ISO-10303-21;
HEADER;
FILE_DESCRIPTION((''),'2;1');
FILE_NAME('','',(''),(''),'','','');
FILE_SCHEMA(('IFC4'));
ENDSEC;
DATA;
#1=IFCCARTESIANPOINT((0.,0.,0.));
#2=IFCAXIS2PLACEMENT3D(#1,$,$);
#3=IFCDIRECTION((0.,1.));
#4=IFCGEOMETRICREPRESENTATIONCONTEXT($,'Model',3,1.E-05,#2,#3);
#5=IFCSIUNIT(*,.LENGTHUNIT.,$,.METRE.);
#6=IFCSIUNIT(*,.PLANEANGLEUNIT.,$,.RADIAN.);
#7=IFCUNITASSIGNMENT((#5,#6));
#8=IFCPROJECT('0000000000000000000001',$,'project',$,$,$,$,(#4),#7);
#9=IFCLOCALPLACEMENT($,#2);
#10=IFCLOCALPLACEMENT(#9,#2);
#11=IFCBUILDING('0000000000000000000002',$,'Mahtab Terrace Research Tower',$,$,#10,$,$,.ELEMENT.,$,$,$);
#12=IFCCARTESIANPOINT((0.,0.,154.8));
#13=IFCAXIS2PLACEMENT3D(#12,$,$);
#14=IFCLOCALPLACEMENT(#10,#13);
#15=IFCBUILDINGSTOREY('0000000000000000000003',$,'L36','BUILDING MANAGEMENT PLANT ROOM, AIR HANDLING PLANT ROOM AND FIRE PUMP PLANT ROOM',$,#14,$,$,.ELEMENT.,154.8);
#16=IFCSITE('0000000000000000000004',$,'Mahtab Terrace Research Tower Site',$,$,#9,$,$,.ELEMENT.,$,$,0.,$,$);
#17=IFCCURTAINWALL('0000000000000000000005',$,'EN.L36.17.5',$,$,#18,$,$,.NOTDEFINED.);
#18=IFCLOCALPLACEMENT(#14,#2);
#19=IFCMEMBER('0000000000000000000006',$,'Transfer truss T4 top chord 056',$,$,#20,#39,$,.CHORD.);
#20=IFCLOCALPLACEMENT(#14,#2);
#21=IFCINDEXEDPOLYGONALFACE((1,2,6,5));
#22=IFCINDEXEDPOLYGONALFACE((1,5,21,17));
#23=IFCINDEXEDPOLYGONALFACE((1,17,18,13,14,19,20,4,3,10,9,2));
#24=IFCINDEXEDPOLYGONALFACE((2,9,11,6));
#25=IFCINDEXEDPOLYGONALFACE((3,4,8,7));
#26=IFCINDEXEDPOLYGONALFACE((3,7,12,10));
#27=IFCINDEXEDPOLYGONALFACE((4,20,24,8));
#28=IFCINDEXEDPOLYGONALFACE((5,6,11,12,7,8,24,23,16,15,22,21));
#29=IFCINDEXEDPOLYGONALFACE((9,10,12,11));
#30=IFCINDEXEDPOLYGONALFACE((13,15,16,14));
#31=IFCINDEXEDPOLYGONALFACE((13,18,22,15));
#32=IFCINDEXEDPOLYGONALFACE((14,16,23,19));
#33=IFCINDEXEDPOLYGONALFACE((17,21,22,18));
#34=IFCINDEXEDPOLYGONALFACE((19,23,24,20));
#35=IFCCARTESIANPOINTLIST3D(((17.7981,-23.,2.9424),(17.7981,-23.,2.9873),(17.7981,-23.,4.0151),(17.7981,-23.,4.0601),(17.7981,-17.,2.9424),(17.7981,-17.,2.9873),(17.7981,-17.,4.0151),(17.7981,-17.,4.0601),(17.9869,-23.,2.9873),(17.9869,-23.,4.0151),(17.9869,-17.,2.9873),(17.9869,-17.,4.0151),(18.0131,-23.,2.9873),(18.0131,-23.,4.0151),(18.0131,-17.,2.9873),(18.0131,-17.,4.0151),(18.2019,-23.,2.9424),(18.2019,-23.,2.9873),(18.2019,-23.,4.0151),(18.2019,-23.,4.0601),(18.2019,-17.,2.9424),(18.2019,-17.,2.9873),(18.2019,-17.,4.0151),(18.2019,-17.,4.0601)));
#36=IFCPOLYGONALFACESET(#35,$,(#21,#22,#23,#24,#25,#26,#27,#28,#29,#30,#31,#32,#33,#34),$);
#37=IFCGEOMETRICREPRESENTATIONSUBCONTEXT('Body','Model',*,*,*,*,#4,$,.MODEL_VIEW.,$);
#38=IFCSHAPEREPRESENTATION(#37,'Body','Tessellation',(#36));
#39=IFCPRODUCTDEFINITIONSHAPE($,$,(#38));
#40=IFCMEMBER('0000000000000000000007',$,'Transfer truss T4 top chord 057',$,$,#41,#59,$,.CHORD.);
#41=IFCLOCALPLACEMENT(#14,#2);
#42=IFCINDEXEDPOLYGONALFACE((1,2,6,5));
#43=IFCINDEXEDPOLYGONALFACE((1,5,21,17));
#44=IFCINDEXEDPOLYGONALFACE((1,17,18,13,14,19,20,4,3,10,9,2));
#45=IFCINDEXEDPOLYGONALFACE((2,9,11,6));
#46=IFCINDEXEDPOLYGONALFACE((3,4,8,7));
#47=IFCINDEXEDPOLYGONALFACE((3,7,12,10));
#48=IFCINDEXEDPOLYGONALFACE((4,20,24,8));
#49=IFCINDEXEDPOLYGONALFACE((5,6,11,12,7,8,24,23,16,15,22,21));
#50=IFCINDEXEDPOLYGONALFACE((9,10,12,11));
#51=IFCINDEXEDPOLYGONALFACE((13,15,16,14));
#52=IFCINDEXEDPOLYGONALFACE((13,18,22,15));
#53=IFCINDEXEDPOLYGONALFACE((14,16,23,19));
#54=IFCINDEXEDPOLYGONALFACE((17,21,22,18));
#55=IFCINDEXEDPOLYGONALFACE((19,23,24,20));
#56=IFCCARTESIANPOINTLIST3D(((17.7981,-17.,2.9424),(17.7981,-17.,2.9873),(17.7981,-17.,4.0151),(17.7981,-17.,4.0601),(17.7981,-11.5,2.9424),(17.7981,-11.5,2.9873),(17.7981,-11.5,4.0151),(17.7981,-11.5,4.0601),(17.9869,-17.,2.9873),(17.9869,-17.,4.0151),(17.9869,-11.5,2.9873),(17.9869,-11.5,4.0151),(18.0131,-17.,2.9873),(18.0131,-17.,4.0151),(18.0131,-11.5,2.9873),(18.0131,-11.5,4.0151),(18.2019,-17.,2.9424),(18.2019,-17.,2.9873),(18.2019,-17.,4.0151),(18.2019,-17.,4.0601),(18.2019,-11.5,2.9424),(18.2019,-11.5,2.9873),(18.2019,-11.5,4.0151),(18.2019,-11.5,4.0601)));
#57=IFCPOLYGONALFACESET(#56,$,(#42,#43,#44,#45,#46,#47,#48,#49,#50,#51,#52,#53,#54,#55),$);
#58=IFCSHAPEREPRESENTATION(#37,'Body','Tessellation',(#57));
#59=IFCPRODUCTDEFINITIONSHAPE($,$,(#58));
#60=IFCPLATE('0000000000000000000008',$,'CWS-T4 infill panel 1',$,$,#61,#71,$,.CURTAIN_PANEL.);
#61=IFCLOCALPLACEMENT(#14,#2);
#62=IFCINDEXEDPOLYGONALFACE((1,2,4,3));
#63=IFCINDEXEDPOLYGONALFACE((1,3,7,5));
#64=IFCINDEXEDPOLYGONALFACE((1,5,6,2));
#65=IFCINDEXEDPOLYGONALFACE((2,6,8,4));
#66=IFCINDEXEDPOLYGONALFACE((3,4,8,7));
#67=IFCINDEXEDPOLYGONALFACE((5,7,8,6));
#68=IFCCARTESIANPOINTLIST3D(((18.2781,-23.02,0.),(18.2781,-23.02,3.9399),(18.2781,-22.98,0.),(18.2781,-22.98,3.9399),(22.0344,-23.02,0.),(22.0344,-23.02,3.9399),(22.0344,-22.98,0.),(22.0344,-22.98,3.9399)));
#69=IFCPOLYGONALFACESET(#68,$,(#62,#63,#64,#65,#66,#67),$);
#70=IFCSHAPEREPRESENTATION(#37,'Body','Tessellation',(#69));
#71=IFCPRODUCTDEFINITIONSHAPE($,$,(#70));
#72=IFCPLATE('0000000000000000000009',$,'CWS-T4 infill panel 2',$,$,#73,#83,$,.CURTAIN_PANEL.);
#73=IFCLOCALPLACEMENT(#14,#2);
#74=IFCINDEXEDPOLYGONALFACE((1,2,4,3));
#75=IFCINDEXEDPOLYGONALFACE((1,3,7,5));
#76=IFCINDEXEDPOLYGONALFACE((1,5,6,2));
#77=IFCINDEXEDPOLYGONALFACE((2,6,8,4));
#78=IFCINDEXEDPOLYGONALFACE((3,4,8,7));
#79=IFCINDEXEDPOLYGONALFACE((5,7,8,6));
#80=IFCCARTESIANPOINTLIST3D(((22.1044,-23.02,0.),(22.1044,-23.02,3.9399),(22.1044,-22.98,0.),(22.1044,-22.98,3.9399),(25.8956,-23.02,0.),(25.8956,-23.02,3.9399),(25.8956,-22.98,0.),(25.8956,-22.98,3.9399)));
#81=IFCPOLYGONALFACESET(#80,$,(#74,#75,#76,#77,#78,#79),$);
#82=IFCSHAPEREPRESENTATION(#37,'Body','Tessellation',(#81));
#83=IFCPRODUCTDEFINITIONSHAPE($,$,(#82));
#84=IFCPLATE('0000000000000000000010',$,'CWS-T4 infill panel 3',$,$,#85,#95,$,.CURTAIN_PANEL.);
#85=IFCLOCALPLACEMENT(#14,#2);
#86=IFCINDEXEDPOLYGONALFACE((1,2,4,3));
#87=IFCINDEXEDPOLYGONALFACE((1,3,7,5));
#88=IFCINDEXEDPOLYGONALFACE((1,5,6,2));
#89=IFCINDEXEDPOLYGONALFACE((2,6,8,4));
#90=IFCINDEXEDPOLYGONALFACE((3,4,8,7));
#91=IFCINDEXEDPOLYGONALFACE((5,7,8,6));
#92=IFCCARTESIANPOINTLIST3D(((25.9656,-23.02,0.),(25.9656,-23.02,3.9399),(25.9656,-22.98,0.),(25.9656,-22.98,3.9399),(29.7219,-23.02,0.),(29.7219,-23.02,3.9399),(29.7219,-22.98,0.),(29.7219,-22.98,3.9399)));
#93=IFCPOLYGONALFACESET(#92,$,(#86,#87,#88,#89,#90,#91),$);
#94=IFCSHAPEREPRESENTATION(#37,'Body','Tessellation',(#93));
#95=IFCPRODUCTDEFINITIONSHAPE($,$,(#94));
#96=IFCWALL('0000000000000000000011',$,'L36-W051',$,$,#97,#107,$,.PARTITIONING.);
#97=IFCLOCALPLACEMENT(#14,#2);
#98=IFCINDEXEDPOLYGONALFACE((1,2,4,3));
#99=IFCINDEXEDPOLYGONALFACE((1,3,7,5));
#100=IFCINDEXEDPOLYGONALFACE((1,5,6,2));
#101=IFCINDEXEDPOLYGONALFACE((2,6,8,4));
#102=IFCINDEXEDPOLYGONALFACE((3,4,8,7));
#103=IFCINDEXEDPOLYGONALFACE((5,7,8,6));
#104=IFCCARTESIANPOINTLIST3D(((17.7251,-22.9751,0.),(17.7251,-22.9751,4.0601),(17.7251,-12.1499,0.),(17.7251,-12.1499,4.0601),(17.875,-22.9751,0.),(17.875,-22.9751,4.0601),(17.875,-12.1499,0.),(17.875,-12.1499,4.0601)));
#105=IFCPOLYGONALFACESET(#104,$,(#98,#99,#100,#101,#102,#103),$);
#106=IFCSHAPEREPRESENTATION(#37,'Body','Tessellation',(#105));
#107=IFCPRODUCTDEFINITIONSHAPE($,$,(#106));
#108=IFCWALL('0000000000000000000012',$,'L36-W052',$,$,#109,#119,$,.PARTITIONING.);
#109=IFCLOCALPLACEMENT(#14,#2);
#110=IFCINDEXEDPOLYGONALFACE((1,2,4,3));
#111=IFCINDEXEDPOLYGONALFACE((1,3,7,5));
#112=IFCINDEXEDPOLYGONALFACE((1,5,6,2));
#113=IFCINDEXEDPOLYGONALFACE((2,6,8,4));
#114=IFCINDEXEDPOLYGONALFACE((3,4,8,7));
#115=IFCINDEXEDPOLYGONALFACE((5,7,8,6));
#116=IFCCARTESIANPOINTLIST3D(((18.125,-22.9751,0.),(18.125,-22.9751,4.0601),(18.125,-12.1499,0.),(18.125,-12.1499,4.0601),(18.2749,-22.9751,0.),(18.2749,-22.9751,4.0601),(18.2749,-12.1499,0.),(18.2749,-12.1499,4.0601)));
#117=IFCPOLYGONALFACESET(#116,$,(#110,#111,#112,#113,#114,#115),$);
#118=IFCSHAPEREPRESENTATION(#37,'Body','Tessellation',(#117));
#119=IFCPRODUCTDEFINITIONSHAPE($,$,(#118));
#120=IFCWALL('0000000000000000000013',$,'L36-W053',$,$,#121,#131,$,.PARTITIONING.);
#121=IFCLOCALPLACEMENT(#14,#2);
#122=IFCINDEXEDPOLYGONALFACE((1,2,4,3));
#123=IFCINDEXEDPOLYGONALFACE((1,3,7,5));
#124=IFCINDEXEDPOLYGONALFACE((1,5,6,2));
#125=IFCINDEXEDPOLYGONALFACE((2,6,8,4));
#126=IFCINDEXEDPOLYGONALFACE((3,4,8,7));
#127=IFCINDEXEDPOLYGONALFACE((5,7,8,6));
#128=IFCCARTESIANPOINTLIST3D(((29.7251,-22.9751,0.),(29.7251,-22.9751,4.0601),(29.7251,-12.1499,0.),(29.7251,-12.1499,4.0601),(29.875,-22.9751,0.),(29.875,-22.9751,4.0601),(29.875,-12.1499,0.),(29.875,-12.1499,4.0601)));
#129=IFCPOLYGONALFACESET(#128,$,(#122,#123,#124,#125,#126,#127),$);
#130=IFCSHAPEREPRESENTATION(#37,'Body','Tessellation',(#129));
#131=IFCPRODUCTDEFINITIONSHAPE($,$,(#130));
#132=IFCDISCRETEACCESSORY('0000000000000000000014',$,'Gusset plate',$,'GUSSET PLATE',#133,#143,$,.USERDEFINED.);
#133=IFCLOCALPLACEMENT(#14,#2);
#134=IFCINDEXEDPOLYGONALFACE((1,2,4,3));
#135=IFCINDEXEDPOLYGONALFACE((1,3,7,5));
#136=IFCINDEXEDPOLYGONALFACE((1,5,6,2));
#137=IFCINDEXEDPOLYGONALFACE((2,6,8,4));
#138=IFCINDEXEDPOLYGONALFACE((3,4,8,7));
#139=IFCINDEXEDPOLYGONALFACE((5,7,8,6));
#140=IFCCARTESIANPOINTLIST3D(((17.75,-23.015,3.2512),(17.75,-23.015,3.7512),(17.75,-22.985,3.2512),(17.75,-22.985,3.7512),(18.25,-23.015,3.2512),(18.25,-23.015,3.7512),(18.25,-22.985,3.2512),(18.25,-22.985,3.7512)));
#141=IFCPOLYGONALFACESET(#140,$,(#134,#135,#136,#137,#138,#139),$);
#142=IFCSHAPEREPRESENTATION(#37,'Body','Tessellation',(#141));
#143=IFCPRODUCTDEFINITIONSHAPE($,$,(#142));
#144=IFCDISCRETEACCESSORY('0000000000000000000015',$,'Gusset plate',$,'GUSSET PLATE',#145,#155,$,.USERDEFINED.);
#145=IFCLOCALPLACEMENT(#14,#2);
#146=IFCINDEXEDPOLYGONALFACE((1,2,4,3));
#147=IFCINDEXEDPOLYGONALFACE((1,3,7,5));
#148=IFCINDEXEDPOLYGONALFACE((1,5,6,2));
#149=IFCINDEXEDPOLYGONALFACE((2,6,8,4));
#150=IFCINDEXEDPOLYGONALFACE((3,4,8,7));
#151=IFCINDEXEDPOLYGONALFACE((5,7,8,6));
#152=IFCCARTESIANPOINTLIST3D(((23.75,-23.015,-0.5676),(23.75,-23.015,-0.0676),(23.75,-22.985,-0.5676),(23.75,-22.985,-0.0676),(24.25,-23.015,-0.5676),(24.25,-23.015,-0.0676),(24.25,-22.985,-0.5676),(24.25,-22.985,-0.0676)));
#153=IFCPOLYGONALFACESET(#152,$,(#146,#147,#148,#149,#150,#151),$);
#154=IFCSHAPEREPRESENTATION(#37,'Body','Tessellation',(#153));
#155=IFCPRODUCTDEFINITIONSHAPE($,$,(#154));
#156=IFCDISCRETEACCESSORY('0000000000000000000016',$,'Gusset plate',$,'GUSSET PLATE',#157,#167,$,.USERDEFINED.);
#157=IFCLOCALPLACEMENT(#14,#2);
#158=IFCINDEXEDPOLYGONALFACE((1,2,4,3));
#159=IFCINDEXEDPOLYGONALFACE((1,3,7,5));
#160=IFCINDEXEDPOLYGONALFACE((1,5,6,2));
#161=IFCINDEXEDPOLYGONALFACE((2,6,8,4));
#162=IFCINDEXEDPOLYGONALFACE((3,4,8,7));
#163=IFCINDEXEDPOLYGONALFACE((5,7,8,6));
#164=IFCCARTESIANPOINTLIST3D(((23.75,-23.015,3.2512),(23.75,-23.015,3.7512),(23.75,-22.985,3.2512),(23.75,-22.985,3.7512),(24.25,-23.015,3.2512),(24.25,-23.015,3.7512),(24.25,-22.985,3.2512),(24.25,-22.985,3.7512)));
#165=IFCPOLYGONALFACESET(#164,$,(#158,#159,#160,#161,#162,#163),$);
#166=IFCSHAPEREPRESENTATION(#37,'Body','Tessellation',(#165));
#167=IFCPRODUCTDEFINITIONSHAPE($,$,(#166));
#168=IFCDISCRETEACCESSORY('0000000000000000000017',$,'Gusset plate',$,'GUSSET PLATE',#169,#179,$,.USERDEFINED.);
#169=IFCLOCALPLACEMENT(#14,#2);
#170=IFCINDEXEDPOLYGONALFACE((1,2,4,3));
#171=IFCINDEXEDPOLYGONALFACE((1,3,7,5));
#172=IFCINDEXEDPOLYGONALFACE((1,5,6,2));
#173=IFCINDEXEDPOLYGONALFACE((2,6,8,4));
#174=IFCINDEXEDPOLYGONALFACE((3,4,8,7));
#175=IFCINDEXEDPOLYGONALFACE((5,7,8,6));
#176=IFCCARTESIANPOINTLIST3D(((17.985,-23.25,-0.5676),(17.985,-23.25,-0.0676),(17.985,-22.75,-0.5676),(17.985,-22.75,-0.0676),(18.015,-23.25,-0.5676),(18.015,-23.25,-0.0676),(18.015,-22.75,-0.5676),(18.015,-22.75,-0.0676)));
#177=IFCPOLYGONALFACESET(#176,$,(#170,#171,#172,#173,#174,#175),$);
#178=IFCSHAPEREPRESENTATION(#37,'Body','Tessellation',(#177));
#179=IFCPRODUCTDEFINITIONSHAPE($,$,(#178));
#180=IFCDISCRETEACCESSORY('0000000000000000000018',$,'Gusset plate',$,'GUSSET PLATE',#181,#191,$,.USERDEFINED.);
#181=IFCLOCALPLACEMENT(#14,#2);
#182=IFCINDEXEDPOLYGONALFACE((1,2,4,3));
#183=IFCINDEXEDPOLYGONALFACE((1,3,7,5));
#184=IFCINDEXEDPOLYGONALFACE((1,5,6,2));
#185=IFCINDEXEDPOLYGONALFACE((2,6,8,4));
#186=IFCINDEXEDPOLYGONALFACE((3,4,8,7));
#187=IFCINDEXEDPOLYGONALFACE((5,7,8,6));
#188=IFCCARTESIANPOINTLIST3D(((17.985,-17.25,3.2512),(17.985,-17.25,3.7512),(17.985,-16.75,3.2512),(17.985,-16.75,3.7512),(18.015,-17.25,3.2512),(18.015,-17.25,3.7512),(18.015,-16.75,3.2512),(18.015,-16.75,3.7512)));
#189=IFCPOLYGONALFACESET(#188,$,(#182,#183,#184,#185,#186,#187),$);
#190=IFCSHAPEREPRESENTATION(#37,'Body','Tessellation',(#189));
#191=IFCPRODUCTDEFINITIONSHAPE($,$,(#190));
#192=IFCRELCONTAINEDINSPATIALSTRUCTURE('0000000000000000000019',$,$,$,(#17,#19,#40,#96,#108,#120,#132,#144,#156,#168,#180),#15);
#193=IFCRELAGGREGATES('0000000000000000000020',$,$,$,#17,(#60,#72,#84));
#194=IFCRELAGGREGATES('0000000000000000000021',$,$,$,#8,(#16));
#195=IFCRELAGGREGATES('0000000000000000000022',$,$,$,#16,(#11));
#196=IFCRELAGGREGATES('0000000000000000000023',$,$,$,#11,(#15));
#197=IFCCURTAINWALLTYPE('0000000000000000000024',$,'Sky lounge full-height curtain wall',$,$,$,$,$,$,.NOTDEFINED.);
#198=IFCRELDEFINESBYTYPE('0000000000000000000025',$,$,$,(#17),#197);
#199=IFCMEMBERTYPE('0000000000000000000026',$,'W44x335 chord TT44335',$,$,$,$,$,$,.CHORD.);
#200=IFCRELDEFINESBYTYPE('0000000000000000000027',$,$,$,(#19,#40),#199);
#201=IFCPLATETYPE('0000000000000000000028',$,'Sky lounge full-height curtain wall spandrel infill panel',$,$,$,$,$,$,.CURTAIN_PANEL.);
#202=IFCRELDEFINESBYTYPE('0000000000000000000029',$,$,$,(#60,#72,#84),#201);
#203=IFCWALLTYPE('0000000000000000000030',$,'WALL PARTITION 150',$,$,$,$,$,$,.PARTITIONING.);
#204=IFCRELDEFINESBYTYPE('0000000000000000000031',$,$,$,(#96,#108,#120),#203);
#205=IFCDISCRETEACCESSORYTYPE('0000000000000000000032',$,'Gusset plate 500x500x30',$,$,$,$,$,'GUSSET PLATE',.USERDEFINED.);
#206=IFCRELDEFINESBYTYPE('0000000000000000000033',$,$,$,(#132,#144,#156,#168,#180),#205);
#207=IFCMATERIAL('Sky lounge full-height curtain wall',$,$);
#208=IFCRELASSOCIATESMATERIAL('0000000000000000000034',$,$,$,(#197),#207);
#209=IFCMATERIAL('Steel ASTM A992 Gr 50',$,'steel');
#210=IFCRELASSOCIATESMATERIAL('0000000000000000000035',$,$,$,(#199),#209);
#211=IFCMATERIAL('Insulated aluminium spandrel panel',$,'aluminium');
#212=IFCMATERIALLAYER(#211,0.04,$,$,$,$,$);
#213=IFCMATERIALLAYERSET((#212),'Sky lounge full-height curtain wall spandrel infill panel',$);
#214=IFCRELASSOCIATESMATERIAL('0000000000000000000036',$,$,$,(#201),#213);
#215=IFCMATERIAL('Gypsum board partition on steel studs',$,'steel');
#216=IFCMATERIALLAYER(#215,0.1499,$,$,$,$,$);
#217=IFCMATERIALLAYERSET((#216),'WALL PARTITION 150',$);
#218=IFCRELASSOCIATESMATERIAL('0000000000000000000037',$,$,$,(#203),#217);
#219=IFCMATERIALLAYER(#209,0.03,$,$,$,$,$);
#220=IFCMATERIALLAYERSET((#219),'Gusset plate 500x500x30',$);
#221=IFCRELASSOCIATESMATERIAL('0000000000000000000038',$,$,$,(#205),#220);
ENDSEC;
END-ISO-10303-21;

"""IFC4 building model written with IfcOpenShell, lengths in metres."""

from ifc_helpers import new_model, si_unit, direction, frame, frame_2d, origin, origin_2d, place, context, subcontext, project, spatial, rectangle, i_section, extrude, material, layer, layer_set, material_profile, profile_set, type_object, element, aggregate, save


model = new_model("IFC4")

# Units and contexts
model_context = context("Model", 3, precision=1e-05, world=origin(), true_north=direction((0.0, 1.0)))
body_context = subcontext(model_context, "Body", "Model", "MODEL_VIEW")
ifc_project = project(units=[si_unit("LENGTHUNIT", "METRE"), si_unit("PLANEANGLEUNIT", "RADIAN")], contexts=[model_context])

# Site, building, storey
site_placement = place(None, origin())
site = spatial("IfcSite", under=ifc_project, at=site_placement, Name="Mahtab Terrace Research Tower Site", CompositionType="ELEMENT", RefElevation=0.0)
building_placement = place(site_placement, origin())
building = spatial("IfcBuilding", under=site, at=building_placement, Name="Mahtab Terrace Research Tower", CompositionType="ELEMENT")
storey_placement = place(building_placement, frame((0.0, 0.0, 154.8)))
storey = spatial("IfcBuildingStorey", under=building, at=storey_placement, Name="L36", Description="BUILDING MANAGEMENT PLANT ROOM, AIR HANDLING PLANT ROOM AND FIRE PUMP PLANT ROOM", CompositionType="ELEMENT", Elevation=154.8)

# Shared definitions
ifc_material_1 = material(Name="Steel ASTM A992 Gr 50", Category="steel")

# Shared definitions
ifc_material_2 = material(Name="Sky lounge full-height curtain wall")
curtain_wall_type = type_object("IfcCurtainWallType", Name="Sky lounge full-height curtain wall", PredefinedType="NOTDEFINED", material=ifc_material_2)

# Curtain wall
curtain_wall_1_placement = place(storey_placement, origin())
curtain_wall_1 = element("IfcCurtainWall", 1, at=curtain_wall_1_placement, inside=storey, type_object=curtain_wall_type, Name="EN.L36.17.5", PredefinedType="NOTDEFINED")

# Members
ifc_material_profile_1 = material_profile(ifc_material_1, i_section(OverallWidth=0.4038, OverallDepth=1.1177, WebThickness=0.0261, FlangeThickness=0.0449, at=origin_2d()), Name="W44X335")
ifc_profile_set_1 = profile_set([ifc_material_profile_1], Name="Steel ASTM A992 Gr 50")
member_type_1 = type_object("IfcMemberType", Name="W44x335 chord TT44335", PredefinedType="CHORD", material=ifc_profile_set_1)
member_1_placement = place(storey_placement, frame((18.0, -23.0, 3.5012), z_axis=(0.0, 1.0, 0.0), x_axis=(-1.0, 0.0, 0.0)))
element("IfcMember", 2, at=member_1_placement, inside=storey, type_object=member_type_1, Name="Transfer truss T4 top chord 056", PredefinedType="CHORD", context=body_context, shape_type="SweptSolid", body=[
    extrude(i_section(OverallWidth=0.4038, OverallDepth=1.1177, WebThickness=0.0261, FlangeThickness=0.0449, at=origin_2d()), origin(), (0.0, 0.0, 1.0), 6.0),
])
member_2_placement = place(storey_placement, frame((18.0, -17.0, 3.5012), z_axis=(0.0, 1.0, 0.0), x_axis=(-1.0, 0.0, 0.0)))
element("IfcMember", 3, at=member_2_placement, inside=storey, type_object=member_type_1, Name="Transfer truss T4 top chord 057", PredefinedType="CHORD", context=body_context, shape_type="SweptSolid", body=[
    extrude(i_section(OverallWidth=0.4038, OverallDepth=1.1177, WebThickness=0.0261, FlangeThickness=0.0449, at=origin_2d()), origin(), (0.0, 0.0, 1.0), 5.5),
])

# Plates
ifc_material_3 = material(Name="Insulated aluminium spandrel panel", Category="aluminium")
ifc_layer_1 = layer(ifc_material_3, 0.04)
ifc_layer_set_1 = layer_set([ifc_layer_1], Name="Sky lounge full-height curtain wall spandrel infill panel")
plate_type = type_object("IfcPlateType", Name="Sky lounge full-height curtain wall spandrel infill panel", PredefinedType="CURTAIN_PANEL", material=ifc_layer_set_1)
plate_1_placement = place(storey_placement, frame((20.1562, -23.0, 0.0), z_axis=(0.0, 0.0, 1.0), x_axis=(1.0, 0.0, 0.0)))
plate_1 = element("IfcPlate", 4, at=plate_1_placement, type_object=plate_type, Name="CWS-T4 infill panel 1", PredefinedType="CURTAIN_PANEL", context=body_context, shape_type="SweptSolid", body=[
    extrude(rectangle(XDim=3.7563, YDim=0.04, at=origin_2d()), origin(), (0.0, 0.0, 1.0), 3.9399),
])
plate_2_placement = place(storey_placement, frame((24.0, -23.0, 0.0), z_axis=(0.0, 0.0, 1.0), x_axis=(1.0, 0.0, 0.0)))
plate_2 = element("IfcPlate", 5, at=plate_2_placement, type_object=plate_type, Name="CWS-T4 infill panel 2", PredefinedType="CURTAIN_PANEL", context=body_context, shape_type="SweptSolid", body=[
    extrude(rectangle(XDim=3.7913, YDim=0.04, at=origin_2d()), origin(), (0.0, 0.0, 1.0), 3.9399),
])
plate_3_placement = place(storey_placement, frame((27.8438, -23.0, 0.0), z_axis=(0.0, 0.0, 1.0), x_axis=(1.0, 0.0, 0.0)))
plate_3 = element("IfcPlate", 6, at=plate_3_placement, type_object=plate_type, Name="CWS-T4 infill panel 3", PredefinedType="CURTAIN_PANEL", context=body_context, shape_type="SweptSolid", body=[
    extrude(rectangle(XDim=3.7563, YDim=0.04, at=origin_2d()), origin(), (0.0, 0.0, 1.0), 3.9399),
])
aggregate(curtain_wall_1, [plate_1, plate_2, plate_3])

# Walls
ifc_material_4 = material(Name="Gypsum board partition on steel studs", Category="steel")
ifc_layer_2 = layer(ifc_material_4, 0.1499)
ifc_layer_set_2 = layer_set([ifc_layer_2], Name="WALL PARTITION 150")
wall_type = type_object("IfcWallType", Name="WALL PARTITION 150", PredefinedType="PARTITIONING", material=ifc_layer_set_2)
for number, where, z_axis, x_axis, name in (
    (7, (17.8, -22.9751, 0.0), (0.0, 0.0, 1.0), (0.0, 1.0, 0.0), "L36-W051"),
    (8, (18.2, -22.9751, 0.0), (0.0, 0.0, 1.0), (0.0, 1.0, 0.0), "L36-W052"),
    (9, (29.8, -22.9751, 0.0), (0.0, 0.0, 1.0), (0.0, 1.0, 0.0), "L36-W053"),
):
    element("IfcWall", number, at=place(storey_placement, frame(where, z_axis=z_axis, x_axis=x_axis)), inside=storey, type_object=wall_type, Name=name, PredefinedType="PARTITIONING", context=body_context, shape_type="SweptSolid", body=[
        extrude(rectangle(XDim=10.8252, YDim=0.1499, at=frame_2d((5.4126, 0.0))), origin(), (0.0, 0.0, 1.0), 4.0601),
    ])

# Discrete accessories
ifc_layer_3 = layer(ifc_material_1, 0.03)
ifc_layer_set_3 = layer_set([ifc_layer_3], Name="Gusset plate 500x500x30")
discrete_accessory_type = type_object("IfcDiscreteAccessoryType", Name="Gusset plate 500x500x30", ElementType="GUSSET PLATE", PredefinedType="USERDEFINED", material=ifc_layer_set_3)
for number, where, z_axis, x_axis, name in (
    (10, (18.0, -23.0, 3.2512), (0.0, 0.0, 1.0), (1.0, 0.0, 0.0), "Gusset plate"),
    (11, (24.0, -23.0, -0.5676), (0.0, 0.0, 1.0), (1.0, 0.0, 0.0), "Gusset plate"),
    (12, (24.0, -23.0, 3.2512), (0.0, 0.0, 1.0), (1.0, 0.0, 0.0), "Gusset plate"),
    (13, (18.0, -23.0, -0.5676), (0.0, 0.0, 1.0), (0.0, 1.0, 0.0), "Gusset plate"),
    (14, (18.0, -17.0, 3.2512), (0.0, 0.0, 1.0), (0.0, 1.0, 0.0), "Gusset plate"),
):
    element("IfcDiscreteAccessory", number, at=place(storey_placement, frame(where, z_axis=z_axis, x_axis=x_axis)), inside=storey, type_object=discrete_accessory_type, Name=name, ObjectType="GUSSET PLATE", PredefinedType="USERDEFINED", context=body_context, shape_type="SweptSolid", body=[
        extrude(rectangle(XDim=0.5, YDim=0.03, at=origin_2d()), origin(), (0.0, 0.0, 1.0), 0.5),
    ])

save(model, "model.ifc")
